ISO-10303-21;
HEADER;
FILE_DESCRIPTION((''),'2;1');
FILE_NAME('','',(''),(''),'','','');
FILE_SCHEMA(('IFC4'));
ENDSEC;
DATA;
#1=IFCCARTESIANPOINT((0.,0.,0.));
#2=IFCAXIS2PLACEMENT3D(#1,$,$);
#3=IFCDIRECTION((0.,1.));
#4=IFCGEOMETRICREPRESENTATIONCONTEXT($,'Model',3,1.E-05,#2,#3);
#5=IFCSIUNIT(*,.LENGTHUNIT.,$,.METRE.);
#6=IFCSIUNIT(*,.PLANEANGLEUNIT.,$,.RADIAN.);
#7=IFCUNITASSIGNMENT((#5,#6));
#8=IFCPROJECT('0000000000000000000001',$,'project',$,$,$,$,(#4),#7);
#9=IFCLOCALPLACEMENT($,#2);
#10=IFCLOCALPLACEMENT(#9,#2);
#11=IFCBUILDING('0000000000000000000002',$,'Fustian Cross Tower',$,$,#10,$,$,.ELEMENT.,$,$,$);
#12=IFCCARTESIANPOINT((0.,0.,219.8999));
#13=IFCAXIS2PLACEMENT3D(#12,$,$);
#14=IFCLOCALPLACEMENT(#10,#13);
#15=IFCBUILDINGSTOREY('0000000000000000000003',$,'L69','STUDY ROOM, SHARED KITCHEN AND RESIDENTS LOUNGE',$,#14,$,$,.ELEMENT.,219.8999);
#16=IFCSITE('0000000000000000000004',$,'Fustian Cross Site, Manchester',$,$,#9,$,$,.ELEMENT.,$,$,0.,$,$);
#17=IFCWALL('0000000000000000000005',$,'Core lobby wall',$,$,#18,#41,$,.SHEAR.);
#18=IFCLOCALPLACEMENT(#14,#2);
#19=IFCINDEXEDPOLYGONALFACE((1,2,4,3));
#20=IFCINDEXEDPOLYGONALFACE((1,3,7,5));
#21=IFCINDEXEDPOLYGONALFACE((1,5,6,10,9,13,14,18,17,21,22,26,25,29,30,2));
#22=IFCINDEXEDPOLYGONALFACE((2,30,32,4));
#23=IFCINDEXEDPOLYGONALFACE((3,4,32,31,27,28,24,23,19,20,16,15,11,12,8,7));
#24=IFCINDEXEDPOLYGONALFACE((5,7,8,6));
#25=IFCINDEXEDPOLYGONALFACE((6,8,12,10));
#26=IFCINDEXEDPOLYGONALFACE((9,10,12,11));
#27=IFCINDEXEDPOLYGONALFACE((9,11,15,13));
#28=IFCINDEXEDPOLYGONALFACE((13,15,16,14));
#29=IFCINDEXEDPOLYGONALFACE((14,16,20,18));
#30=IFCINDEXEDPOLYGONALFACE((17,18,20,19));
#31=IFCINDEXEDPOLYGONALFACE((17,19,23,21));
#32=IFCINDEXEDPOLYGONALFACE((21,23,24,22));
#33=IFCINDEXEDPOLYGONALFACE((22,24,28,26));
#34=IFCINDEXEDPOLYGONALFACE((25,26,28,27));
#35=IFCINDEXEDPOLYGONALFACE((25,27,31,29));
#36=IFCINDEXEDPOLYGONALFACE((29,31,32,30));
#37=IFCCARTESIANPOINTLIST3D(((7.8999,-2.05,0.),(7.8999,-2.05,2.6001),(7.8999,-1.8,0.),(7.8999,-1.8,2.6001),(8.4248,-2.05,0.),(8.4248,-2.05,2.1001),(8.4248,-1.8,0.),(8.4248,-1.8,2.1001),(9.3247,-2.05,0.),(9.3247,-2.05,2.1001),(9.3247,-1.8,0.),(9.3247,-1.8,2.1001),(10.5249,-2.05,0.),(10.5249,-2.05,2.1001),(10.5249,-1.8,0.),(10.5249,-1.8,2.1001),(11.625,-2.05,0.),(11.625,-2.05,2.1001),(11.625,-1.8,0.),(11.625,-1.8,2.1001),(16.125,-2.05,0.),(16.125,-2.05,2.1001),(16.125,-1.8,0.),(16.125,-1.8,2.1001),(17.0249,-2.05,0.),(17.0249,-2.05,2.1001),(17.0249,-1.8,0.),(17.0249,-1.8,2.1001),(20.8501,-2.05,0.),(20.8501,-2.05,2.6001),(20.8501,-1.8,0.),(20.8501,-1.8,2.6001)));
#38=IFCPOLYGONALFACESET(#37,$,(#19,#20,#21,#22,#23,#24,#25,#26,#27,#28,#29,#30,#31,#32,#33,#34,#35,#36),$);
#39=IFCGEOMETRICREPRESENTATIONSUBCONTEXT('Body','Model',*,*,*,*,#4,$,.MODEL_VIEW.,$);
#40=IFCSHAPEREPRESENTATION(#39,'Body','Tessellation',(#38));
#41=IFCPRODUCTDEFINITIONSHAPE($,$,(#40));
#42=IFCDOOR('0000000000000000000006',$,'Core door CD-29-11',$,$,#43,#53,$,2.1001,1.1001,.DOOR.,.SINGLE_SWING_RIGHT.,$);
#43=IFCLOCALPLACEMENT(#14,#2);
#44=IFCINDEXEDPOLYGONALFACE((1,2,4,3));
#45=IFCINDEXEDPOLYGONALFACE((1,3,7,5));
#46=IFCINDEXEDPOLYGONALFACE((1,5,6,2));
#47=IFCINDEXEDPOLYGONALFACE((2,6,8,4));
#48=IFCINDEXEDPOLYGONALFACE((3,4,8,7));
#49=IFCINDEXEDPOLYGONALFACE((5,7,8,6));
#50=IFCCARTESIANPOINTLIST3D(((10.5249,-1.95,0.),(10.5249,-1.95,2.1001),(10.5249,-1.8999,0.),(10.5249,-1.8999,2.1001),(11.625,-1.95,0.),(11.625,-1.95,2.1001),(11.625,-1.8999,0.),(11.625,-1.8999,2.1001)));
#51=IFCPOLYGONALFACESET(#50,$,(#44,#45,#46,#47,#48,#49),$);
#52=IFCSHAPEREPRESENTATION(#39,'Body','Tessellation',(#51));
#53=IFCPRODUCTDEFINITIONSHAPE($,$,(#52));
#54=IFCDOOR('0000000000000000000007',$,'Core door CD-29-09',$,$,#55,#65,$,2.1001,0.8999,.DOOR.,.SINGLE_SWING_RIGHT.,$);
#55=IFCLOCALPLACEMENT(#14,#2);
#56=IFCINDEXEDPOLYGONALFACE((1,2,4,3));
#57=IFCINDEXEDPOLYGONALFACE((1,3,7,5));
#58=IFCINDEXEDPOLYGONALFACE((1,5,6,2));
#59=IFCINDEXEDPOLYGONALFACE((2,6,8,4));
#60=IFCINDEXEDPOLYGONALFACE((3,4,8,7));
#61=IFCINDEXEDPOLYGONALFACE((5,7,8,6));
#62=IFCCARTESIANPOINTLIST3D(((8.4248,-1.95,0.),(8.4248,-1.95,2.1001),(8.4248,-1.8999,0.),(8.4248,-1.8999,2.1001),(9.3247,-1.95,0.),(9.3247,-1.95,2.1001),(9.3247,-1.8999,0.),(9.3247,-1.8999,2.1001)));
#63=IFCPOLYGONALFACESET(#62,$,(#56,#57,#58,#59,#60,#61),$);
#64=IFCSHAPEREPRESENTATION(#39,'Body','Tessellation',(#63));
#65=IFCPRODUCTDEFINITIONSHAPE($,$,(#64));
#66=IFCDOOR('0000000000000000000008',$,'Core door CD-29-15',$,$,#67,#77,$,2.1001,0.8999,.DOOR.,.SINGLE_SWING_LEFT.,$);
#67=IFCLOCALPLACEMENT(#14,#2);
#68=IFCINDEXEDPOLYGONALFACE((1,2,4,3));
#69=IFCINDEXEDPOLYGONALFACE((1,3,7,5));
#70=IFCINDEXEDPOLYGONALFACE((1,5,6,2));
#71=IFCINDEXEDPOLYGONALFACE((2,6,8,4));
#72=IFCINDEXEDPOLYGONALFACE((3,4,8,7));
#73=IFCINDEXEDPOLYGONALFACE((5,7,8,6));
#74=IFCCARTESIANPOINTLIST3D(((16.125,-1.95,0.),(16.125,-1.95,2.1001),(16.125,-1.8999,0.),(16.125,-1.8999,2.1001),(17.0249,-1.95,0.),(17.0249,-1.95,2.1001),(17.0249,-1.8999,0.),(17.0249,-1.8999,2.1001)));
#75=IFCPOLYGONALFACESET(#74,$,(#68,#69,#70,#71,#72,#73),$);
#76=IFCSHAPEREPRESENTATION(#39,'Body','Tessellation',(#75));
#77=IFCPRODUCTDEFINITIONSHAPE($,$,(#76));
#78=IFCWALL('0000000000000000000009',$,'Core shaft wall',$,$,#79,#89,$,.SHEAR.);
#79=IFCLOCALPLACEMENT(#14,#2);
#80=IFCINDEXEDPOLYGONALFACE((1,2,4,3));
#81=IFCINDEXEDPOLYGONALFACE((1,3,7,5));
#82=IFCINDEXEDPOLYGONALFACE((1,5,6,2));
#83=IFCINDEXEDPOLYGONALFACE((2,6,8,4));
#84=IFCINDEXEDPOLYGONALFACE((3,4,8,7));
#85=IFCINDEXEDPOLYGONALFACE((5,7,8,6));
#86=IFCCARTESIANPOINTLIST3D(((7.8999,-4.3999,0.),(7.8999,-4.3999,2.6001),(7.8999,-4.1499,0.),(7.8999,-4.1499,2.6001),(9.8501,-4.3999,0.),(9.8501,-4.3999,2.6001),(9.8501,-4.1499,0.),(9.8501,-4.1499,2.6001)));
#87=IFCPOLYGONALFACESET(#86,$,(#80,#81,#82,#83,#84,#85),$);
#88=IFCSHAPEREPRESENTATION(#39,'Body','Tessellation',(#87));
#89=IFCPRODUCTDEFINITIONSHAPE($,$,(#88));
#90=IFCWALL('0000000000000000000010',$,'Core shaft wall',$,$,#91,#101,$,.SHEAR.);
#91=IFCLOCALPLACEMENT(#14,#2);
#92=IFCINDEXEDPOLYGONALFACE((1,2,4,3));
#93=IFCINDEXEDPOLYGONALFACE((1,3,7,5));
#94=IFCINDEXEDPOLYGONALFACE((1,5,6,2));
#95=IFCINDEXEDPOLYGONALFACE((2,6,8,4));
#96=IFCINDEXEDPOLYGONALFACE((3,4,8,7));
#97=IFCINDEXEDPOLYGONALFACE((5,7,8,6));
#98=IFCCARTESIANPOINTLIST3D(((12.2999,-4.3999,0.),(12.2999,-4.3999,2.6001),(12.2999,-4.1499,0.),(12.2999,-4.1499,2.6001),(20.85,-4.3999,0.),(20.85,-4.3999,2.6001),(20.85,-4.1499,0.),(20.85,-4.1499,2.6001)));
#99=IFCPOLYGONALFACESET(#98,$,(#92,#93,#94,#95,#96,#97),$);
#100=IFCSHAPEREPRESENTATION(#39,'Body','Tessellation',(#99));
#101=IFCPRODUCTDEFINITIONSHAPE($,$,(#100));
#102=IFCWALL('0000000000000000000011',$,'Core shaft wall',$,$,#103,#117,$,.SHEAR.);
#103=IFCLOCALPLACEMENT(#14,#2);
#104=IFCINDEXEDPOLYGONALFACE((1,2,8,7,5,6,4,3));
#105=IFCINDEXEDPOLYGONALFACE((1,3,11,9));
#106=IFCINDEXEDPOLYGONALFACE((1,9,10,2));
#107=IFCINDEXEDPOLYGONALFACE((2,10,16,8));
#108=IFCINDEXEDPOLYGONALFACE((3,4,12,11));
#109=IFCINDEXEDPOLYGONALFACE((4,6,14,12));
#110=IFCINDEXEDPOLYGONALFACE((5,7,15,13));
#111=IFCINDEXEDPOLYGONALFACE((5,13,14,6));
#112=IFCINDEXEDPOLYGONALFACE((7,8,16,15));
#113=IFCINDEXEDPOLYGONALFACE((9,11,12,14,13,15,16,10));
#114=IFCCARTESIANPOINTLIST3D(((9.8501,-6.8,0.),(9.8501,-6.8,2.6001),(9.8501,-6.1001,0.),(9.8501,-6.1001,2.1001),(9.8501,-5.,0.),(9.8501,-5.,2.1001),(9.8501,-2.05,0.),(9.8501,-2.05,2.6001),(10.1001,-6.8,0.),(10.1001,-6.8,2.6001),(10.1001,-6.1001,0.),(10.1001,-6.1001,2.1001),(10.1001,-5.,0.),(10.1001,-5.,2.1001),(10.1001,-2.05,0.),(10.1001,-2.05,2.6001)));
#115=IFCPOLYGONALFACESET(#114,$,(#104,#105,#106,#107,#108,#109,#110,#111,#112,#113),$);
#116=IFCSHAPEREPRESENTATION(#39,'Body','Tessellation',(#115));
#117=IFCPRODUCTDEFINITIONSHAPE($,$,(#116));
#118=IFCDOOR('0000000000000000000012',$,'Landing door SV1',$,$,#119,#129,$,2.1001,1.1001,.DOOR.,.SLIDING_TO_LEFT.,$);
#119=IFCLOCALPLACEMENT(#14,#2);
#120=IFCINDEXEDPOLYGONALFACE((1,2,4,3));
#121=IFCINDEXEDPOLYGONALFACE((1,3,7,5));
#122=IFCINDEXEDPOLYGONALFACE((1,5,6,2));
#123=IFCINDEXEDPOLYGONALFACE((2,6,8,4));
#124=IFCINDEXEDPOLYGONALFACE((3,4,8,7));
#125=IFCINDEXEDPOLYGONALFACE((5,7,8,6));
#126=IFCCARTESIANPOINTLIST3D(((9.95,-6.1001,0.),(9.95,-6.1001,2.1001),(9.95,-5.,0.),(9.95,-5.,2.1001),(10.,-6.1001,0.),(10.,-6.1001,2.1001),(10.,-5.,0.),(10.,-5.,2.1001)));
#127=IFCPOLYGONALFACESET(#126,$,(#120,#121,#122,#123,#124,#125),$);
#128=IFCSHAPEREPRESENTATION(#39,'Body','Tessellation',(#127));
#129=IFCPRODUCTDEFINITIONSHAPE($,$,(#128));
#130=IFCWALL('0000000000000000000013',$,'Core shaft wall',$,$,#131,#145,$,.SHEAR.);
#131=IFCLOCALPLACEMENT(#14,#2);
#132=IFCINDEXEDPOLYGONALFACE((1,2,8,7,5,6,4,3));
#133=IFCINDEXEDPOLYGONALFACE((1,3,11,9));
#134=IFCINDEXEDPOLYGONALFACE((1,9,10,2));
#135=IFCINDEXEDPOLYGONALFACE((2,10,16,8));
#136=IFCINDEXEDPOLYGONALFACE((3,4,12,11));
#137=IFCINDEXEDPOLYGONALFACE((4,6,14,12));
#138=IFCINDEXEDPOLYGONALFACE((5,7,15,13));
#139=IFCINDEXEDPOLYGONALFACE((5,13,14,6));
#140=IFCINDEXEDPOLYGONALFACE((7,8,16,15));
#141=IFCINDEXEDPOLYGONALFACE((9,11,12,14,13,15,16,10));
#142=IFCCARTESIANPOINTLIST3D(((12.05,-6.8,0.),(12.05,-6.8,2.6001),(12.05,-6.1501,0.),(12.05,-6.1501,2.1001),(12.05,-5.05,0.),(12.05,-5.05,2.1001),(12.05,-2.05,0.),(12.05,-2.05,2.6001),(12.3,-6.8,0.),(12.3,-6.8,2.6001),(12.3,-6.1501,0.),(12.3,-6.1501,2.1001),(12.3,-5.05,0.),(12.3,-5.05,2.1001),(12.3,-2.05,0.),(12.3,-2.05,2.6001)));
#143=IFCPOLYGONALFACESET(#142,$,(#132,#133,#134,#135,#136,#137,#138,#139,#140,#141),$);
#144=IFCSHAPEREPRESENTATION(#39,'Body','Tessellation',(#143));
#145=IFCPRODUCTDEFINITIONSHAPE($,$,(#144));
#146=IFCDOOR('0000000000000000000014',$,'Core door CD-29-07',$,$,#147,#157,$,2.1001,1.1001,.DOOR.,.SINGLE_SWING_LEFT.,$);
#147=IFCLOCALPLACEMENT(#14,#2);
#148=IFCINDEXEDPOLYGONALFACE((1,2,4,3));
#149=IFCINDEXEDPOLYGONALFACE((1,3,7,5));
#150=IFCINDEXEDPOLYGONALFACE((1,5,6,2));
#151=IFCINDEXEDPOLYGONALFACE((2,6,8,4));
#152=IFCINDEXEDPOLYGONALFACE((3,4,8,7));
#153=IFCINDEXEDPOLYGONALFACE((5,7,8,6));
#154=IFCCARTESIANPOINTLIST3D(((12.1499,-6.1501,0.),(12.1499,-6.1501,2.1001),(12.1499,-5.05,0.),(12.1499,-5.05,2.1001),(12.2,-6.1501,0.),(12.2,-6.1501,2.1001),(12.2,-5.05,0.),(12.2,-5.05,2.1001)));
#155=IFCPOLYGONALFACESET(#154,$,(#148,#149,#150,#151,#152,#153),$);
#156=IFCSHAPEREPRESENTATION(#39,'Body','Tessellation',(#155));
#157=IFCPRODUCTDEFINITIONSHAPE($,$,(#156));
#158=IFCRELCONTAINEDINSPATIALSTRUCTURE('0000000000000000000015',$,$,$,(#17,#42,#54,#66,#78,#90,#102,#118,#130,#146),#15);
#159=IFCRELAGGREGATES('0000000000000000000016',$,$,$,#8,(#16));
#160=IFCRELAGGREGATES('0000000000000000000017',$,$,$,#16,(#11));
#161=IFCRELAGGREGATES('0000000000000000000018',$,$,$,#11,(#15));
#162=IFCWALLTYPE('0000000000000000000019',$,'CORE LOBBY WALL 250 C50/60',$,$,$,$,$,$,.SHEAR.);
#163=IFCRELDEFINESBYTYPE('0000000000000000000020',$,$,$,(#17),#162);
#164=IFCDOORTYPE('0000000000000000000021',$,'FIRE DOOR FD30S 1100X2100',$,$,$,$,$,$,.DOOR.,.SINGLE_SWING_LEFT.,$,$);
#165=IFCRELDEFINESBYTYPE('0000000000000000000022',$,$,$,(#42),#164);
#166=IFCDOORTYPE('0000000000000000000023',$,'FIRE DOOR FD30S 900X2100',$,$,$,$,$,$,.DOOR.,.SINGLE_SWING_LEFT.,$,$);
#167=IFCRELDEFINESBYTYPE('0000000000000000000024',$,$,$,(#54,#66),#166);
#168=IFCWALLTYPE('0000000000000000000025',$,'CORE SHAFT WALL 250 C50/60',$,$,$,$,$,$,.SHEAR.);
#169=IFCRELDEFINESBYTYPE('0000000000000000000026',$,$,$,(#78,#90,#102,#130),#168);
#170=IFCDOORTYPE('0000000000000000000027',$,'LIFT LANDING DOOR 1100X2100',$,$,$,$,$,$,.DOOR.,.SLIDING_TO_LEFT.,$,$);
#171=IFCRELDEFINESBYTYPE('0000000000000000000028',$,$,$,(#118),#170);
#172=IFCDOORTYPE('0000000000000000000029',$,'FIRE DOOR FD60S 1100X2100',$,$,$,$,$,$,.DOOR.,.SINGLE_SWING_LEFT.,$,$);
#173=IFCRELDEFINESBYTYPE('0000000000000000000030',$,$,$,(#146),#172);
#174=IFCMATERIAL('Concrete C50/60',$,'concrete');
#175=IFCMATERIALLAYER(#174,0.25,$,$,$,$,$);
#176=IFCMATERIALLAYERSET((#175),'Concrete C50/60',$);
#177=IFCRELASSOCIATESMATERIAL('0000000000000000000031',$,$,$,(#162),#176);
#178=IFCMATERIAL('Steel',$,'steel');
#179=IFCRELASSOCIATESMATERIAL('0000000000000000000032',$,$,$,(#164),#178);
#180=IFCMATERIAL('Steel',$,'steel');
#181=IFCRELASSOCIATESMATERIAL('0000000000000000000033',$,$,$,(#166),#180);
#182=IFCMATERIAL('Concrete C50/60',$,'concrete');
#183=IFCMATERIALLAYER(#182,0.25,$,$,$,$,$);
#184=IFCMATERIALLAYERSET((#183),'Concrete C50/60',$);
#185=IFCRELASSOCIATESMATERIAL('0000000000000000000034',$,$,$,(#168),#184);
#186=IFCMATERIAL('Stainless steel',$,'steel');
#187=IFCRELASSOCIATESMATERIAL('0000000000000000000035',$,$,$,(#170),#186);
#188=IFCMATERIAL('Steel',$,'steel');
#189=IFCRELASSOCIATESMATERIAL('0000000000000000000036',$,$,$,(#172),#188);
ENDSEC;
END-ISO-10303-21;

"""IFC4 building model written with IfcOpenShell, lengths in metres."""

from ifc_helpers import new_model, si_unit, direction, frame, frame_2d, origin, place, context, subcontext, project, spatial, rectangle, extrude, material, layer, layer_set, type_object, element, fill, save


model = new_model("IFC4")

# Units and contexts
model_context = context("Model", 3, precision=1e-05, world=origin(), true_north=direction((0.0, 1.0)))
body_context = subcontext(model_context, "Body", "Model", "MODEL_VIEW")
ifc_project = project(units=[si_unit("LENGTHUNIT", "METRE"), si_unit("PLANEANGLEUNIT", "RADIAN")], contexts=[model_context])

# Site, building, storey
site_placement = place(None, origin())
site = spatial("IfcSite", under=ifc_project, at=site_placement, Name="Fustian Cross Site, Manchester", CompositionType="ELEMENT", RefElevation=0.0)
building_placement = place(site_placement, origin())
building = spatial("IfcBuilding", under=site, at=building_placement, Name="Fustian Cross Tower", CompositionType="ELEMENT")
storey_placement = place(building_placement, frame((0.0, 0.0, 219.8999)))
storey = spatial("IfcBuildingStorey", under=building, at=storey_placement, Name="L69", Description="STUDY ROOM, SHARED KITCHEN AND RESIDENTS LOUNGE", CompositionType="ELEMENT", Elevation=219.8999)

# Wall, openings, doors
ifc_material_1 = material(Name="Concrete C50/60", Category="concrete")
ifc_layer_1 = layer(ifc_material_1, 0.25)
ifc_layer_set_1 = layer_set([ifc_layer_1], Name="Concrete C50/60")
wall_type_1 = type_object("IfcWallType", Name="CORE LOBBY WALL 250 C50/60", PredefinedType="SHEAR", material=ifc_layer_set_1)
wall_1_placement = place(storey_placement, frame((7.8999, -1.925, 0.0), z_axis=(0.0, 0.0, 1.0), x_axis=(1.0, 0.0, 0.0)))
wall_1 = element("IfcWall", 1, at=wall_1_placement, inside=storey, type_object=wall_type_1, Name="Core lobby wall", PredefinedType="SHEAR", context=body_context, shape_type="SweptSolid", body=[
    extrude(rectangle(XDim=12.9502, YDim=0.25, at=frame_2d((6.4751, 0.0))), origin(), (0.0, 0.0, 1.0), 2.6001),
])
opening_1_placement = place(wall_1_placement, frame((0.5249, 0.0, 0.0)))
opening_1 = element("IfcOpeningElement", 2, at=opening_1_placement, cuts=wall_1, PredefinedType="OPENING", context=body_context, shape_type="SweptSolid", body=[
    extrude(rectangle(XDim=0.8999, YDim=2.1001, at=frame_2d((0.45, 1.05))), frame((0.0, 0.135, 0.0), z_axis=(0.0, -1.0, 0.0), x_axis=(1.0, 0.0, 0.0)), (0.0, 0.0, 1.0), 0.27),
])
opening_2_placement = place(wall_1_placement, frame((2.625, 0.0, 0.0)))
opening_2 = element("IfcOpeningElement", 3, at=opening_2_placement, cuts=wall_1, PredefinedType="OPENING", context=body_context, shape_type="SweptSolid", body=[
    extrude(rectangle(XDim=1.1001, YDim=2.1001, at=frame_2d((0.55, 1.05))), frame((0.0, 0.135, 0.0), z_axis=(0.0, -1.0, 0.0), x_axis=(1.0, 0.0, 0.0)), (0.0, 0.0, 1.0), 0.27),
])
opening_3_placement = place(wall_1_placement, frame((8.2251, 0.0, 0.0)))
opening_3 = element("IfcOpeningElement", 4, at=opening_3_placement, cuts=wall_1, PredefinedType="OPENING", context=body_context, shape_type="SweptSolid", body=[
    extrude(rectangle(XDim=0.8999, YDim=2.1001, at=frame_2d((0.45, 1.05))), frame((0.0, 0.135, 0.0), z_axis=(0.0, -1.0, 0.0), x_axis=(1.0, 0.0, 0.0)), (0.0, 0.0, 1.0), 0.27),
])
ifc_material_2 = material(Name="Steel", Category="steel")
door_type_1 = type_object("IfcDoorType", Name="FIRE DOOR FD30S 1100X2100", OperationType="SINGLE_SWING_LEFT", PredefinedType="DOOR", material=ifc_material_2)
door_1_placement = place(opening_2_placement, frame((1.1001, 0.0, 0.0), z_axis=(0.0, 0.0, 1.0), x_axis=(-1.0, 0.0, 0.0)))
door_1 = element("IfcDoor", 5, at=door_1_placement, inside=storey, type_object=door_type_1, Name="Core door CD-29-11", OperationType="SINGLE_SWING_RIGHT", OverallHeight=2.1001, OverallWidth=1.1001, PredefinedType="DOOR", context=body_context, shape_type="SweptSolid", body=[
    extrude(rectangle(XDim=1.1001, YDim=2.1001, at=frame_2d((0.55, 1.05))), frame((0.0, 0.0249, 0.0), z_axis=(0.0, -1.0, 0.0), x_axis=(1.0, 0.0, 0.0)), (0.0, 0.0, 1.0), 0.05),
])
fill(opening_2, door_1)
ifc_material_3 = material(Name="Steel", Category="steel")
door_type_2 = type_object("IfcDoorType", Name="FIRE DOOR FD30S 900X2100", OperationType="SINGLE_SWING_LEFT", PredefinedType="DOOR", material=ifc_material_3)
door_2_placement = place(opening_1_placement, frame((0.8999, 0.0, 0.0), z_axis=(0.0, 0.0, 1.0), x_axis=(-1.0, 0.0, 0.0)))
door_2 = element("IfcDoor", 6, at=door_2_placement, inside=storey, type_object=door_type_2, Name="Core door CD-29-09", OperationType="SINGLE_SWING_RIGHT", OverallHeight=2.1001, OverallWidth=0.8999, PredefinedType="DOOR", context=body_context, shape_type="SweptSolid", body=[
    extrude(rectangle(XDim=0.8999, YDim=2.1001, at=frame_2d((0.45, 1.05))), frame((0.0, 0.0249, 0.0), z_axis=(0.0, -1.0, 0.0), x_axis=(1.0, 0.0, 0.0)), (0.0, 0.0, 1.0), 0.05),
])
fill(opening_1, door_2)
door_3_placement = place(opening_3_placement, frame((0.8999, 0.0, 0.0), z_axis=(0.0, 0.0, 1.0), x_axis=(-1.0, 0.0, 0.0)))
door_3 = element("IfcDoor", 7, at=door_3_placement, inside=storey, type_object=door_type_2, Name="Core door CD-29-15", OperationType="SINGLE_SWING_LEFT", OverallHeight=2.1001, OverallWidth=0.8999, PredefinedType="DOOR", context=body_context, shape_type="SweptSolid", body=[
    extrude(rectangle(XDim=0.8999, YDim=2.1001, at=frame_2d((0.45, 1.05))), frame((0.0, 0.0249, 0.0), z_axis=(0.0, -1.0, 0.0), x_axis=(1.0, 0.0, 0.0)), (0.0, 0.0, 1.0), 0.05),
])
fill(opening_3, door_3)

# Walls
ifc_material_4 = material(Name="Concrete C50/60", Category="concrete")
ifc_layer_2 = layer(ifc_material_4, 0.25)
ifc_layer_set_2 = layer_set([ifc_layer_2], Name="Concrete C50/60")
wall_type_2 = type_object("IfcWallType", Name="CORE SHAFT WALL 250 C50/60", PredefinedType="SHEAR", material=ifc_layer_set_2)
wall_2_placement = place(storey_placement, frame((7.8999, -4.2749, 0.0), z_axis=(0.0, 0.0, 1.0), x_axis=(1.0, 0.0, 0.0)))
element("IfcWall", 8, at=wall_2_placement, inside=storey, type_object=wall_type_2, Name="Core shaft wall", PredefinedType="SHEAR", context=body_context, shape_type="SweptSolid", body=[
    extrude(rectangle(XDim=1.9502, YDim=0.25, at=frame_2d((0.9751, 0.0))), origin(), (0.0, 0.0, 1.0), 2.6001),
])
wall_3_placement = place(storey_placement, frame((12.3, -4.2749, 0.0), z_axis=(0.0, 0.0, 1.0), x_axis=(1.0, 0.0, 0.0)))
element("IfcWall", 9, at=wall_3_placement, inside=storey, type_object=wall_type_2, Name="Core shaft wall", PredefinedType="SHEAR", context=body_context, shape_type="SweptSolid", body=[
    extrude(rectangle(XDim=8.55, YDim=0.25, at=frame_2d((4.2749, 0.0))), origin(), (0.0, 0.0, 1.0), 2.6001),
])

# Walls, openings, doors
wall_4_placement = place(storey_placement, frame((9.9751, -2.05, 0.0), z_axis=(0.0, 0.0, 1.0), x_axis=(0.0, -1.0, 0.0)))
wall_4 = element("IfcWall", 10, at=wall_4_placement, inside=storey, type_object=wall_type_2, Name="Core shaft wall", PredefinedType="SHEAR", context=body_context, shape_type="SweptSolid", body=[
    extrude(rectangle(XDim=4.75, YDim=0.25, at=frame_2d((2.375, 0.0))), origin(), (0.0, 0.0, 1.0), 2.6001),
])
opening_4_placement = place(wall_4_placement, frame((2.95, 0.0, 0.0)))
opening_4 = element("IfcOpeningElement", 11, at=opening_4_placement, cuts=wall_4, PredefinedType="OPENING", context=body_context, shape_type="SweptSolid", body=[
    extrude(rectangle(XDim=1.1001, YDim=2.1001, at=frame_2d((0.55, 1.05))), frame((0.0, 0.135, 0.0), z_axis=(0.0, -1.0, 0.0), x_axis=(1.0, 0.0, 0.0)), (0.0, 0.0, 1.0), 0.27),
])
ifc_material_5 = material(Name="Stainless steel", Category="steel")
door_type_3 = type_object("IfcDoorType", Name="LIFT LANDING DOOR 1100X2100", OperationType="SLIDING_TO_LEFT", PredefinedType="DOOR", material=ifc_material_5)
door_4_placement = place(opening_4_placement, origin())
door_4 = element("IfcDoor", 12, at=door_4_placement, inside=storey, type_object=door_type_3, Name="Landing door SV1", OperationType="SLIDING_TO_LEFT", OverallHeight=2.1001, OverallWidth=1.1001, PredefinedType="DOOR", context=body_context, shape_type="SweptSolid", body=[
    extrude(rectangle(XDim=1.1001, YDim=2.1001, at=frame_2d((0.55, 1.05))), frame((0.0, 0.0249, 0.0), z_axis=(0.0, -1.0, 0.0), x_axis=(1.0, 0.0, 0.0)), (0.0, 0.0, 1.0), 0.05),
])
fill(opening_4, door_4)
wall_5_placement = place(storey_placement, frame((12.175, -2.05, 0.0), z_axis=(0.0, 0.0, 1.0), x_axis=(0.0, -1.0, 0.0)))
wall_5 = element("IfcWall", 13, at=wall_5_placement, inside=storey, type_object=wall_type_2, Name="Core shaft wall", PredefinedType="SHEAR", context=body_context, shape_type="SweptSolid", body=[
    extrude(rectangle(XDim=4.75, YDim=0.25, at=frame_2d((2.375, 0.0))), origin(), (0.0, 0.0, 1.0), 2.6001),
])
opening_5_placement = place(wall_5_placement, frame((3.0, 0.0, 0.0)))
opening_5 = element("IfcOpeningElement", 14, at=opening_5_placement, cuts=wall_5, PredefinedType="OPENING", context=body_context, shape_type="SweptSolid", body=[
    extrude(rectangle(XDim=1.1001, YDim=2.1001, at=frame_2d((0.55, 1.05))), frame((0.0, 0.135, 0.0), z_axis=(0.0, -1.0, 0.0), x_axis=(1.0, 0.0, 0.0)), (0.0, 0.0, 1.0), 0.27),
])
ifc_material_6 = material(Name="Steel", Category="steel")
door_type_4 = type_object("IfcDoorType", Name="FIRE DOOR FD60S 1100X2100", OperationType="SINGLE_SWING_LEFT", PredefinedType="DOOR", material=ifc_material_6)
door_5_placement = place(opening_5_placement, origin())
door_5 = element("IfcDoor", 15, at=door_5_placement, inside=storey, type_object=door_type_4, Name="Core door CD-29-07", OperationType="SINGLE_SWING_LEFT", OverallHeight=2.1001, OverallWidth=1.1001, PredefinedType="DOOR", context=body_context, shape_type="SweptSolid", body=[
    extrude(rectangle(XDim=1.1001, YDim=2.1001, at=frame_2d((0.55, 1.05))), frame((0.0, 0.0249, 0.0), z_axis=(0.0, -1.0, 0.0), x_axis=(1.0, 0.0, 0.0)), (0.0, 0.0, 1.0), 0.05),
])
fill(opening_5, door_5)

save(model, "model.ifc")
